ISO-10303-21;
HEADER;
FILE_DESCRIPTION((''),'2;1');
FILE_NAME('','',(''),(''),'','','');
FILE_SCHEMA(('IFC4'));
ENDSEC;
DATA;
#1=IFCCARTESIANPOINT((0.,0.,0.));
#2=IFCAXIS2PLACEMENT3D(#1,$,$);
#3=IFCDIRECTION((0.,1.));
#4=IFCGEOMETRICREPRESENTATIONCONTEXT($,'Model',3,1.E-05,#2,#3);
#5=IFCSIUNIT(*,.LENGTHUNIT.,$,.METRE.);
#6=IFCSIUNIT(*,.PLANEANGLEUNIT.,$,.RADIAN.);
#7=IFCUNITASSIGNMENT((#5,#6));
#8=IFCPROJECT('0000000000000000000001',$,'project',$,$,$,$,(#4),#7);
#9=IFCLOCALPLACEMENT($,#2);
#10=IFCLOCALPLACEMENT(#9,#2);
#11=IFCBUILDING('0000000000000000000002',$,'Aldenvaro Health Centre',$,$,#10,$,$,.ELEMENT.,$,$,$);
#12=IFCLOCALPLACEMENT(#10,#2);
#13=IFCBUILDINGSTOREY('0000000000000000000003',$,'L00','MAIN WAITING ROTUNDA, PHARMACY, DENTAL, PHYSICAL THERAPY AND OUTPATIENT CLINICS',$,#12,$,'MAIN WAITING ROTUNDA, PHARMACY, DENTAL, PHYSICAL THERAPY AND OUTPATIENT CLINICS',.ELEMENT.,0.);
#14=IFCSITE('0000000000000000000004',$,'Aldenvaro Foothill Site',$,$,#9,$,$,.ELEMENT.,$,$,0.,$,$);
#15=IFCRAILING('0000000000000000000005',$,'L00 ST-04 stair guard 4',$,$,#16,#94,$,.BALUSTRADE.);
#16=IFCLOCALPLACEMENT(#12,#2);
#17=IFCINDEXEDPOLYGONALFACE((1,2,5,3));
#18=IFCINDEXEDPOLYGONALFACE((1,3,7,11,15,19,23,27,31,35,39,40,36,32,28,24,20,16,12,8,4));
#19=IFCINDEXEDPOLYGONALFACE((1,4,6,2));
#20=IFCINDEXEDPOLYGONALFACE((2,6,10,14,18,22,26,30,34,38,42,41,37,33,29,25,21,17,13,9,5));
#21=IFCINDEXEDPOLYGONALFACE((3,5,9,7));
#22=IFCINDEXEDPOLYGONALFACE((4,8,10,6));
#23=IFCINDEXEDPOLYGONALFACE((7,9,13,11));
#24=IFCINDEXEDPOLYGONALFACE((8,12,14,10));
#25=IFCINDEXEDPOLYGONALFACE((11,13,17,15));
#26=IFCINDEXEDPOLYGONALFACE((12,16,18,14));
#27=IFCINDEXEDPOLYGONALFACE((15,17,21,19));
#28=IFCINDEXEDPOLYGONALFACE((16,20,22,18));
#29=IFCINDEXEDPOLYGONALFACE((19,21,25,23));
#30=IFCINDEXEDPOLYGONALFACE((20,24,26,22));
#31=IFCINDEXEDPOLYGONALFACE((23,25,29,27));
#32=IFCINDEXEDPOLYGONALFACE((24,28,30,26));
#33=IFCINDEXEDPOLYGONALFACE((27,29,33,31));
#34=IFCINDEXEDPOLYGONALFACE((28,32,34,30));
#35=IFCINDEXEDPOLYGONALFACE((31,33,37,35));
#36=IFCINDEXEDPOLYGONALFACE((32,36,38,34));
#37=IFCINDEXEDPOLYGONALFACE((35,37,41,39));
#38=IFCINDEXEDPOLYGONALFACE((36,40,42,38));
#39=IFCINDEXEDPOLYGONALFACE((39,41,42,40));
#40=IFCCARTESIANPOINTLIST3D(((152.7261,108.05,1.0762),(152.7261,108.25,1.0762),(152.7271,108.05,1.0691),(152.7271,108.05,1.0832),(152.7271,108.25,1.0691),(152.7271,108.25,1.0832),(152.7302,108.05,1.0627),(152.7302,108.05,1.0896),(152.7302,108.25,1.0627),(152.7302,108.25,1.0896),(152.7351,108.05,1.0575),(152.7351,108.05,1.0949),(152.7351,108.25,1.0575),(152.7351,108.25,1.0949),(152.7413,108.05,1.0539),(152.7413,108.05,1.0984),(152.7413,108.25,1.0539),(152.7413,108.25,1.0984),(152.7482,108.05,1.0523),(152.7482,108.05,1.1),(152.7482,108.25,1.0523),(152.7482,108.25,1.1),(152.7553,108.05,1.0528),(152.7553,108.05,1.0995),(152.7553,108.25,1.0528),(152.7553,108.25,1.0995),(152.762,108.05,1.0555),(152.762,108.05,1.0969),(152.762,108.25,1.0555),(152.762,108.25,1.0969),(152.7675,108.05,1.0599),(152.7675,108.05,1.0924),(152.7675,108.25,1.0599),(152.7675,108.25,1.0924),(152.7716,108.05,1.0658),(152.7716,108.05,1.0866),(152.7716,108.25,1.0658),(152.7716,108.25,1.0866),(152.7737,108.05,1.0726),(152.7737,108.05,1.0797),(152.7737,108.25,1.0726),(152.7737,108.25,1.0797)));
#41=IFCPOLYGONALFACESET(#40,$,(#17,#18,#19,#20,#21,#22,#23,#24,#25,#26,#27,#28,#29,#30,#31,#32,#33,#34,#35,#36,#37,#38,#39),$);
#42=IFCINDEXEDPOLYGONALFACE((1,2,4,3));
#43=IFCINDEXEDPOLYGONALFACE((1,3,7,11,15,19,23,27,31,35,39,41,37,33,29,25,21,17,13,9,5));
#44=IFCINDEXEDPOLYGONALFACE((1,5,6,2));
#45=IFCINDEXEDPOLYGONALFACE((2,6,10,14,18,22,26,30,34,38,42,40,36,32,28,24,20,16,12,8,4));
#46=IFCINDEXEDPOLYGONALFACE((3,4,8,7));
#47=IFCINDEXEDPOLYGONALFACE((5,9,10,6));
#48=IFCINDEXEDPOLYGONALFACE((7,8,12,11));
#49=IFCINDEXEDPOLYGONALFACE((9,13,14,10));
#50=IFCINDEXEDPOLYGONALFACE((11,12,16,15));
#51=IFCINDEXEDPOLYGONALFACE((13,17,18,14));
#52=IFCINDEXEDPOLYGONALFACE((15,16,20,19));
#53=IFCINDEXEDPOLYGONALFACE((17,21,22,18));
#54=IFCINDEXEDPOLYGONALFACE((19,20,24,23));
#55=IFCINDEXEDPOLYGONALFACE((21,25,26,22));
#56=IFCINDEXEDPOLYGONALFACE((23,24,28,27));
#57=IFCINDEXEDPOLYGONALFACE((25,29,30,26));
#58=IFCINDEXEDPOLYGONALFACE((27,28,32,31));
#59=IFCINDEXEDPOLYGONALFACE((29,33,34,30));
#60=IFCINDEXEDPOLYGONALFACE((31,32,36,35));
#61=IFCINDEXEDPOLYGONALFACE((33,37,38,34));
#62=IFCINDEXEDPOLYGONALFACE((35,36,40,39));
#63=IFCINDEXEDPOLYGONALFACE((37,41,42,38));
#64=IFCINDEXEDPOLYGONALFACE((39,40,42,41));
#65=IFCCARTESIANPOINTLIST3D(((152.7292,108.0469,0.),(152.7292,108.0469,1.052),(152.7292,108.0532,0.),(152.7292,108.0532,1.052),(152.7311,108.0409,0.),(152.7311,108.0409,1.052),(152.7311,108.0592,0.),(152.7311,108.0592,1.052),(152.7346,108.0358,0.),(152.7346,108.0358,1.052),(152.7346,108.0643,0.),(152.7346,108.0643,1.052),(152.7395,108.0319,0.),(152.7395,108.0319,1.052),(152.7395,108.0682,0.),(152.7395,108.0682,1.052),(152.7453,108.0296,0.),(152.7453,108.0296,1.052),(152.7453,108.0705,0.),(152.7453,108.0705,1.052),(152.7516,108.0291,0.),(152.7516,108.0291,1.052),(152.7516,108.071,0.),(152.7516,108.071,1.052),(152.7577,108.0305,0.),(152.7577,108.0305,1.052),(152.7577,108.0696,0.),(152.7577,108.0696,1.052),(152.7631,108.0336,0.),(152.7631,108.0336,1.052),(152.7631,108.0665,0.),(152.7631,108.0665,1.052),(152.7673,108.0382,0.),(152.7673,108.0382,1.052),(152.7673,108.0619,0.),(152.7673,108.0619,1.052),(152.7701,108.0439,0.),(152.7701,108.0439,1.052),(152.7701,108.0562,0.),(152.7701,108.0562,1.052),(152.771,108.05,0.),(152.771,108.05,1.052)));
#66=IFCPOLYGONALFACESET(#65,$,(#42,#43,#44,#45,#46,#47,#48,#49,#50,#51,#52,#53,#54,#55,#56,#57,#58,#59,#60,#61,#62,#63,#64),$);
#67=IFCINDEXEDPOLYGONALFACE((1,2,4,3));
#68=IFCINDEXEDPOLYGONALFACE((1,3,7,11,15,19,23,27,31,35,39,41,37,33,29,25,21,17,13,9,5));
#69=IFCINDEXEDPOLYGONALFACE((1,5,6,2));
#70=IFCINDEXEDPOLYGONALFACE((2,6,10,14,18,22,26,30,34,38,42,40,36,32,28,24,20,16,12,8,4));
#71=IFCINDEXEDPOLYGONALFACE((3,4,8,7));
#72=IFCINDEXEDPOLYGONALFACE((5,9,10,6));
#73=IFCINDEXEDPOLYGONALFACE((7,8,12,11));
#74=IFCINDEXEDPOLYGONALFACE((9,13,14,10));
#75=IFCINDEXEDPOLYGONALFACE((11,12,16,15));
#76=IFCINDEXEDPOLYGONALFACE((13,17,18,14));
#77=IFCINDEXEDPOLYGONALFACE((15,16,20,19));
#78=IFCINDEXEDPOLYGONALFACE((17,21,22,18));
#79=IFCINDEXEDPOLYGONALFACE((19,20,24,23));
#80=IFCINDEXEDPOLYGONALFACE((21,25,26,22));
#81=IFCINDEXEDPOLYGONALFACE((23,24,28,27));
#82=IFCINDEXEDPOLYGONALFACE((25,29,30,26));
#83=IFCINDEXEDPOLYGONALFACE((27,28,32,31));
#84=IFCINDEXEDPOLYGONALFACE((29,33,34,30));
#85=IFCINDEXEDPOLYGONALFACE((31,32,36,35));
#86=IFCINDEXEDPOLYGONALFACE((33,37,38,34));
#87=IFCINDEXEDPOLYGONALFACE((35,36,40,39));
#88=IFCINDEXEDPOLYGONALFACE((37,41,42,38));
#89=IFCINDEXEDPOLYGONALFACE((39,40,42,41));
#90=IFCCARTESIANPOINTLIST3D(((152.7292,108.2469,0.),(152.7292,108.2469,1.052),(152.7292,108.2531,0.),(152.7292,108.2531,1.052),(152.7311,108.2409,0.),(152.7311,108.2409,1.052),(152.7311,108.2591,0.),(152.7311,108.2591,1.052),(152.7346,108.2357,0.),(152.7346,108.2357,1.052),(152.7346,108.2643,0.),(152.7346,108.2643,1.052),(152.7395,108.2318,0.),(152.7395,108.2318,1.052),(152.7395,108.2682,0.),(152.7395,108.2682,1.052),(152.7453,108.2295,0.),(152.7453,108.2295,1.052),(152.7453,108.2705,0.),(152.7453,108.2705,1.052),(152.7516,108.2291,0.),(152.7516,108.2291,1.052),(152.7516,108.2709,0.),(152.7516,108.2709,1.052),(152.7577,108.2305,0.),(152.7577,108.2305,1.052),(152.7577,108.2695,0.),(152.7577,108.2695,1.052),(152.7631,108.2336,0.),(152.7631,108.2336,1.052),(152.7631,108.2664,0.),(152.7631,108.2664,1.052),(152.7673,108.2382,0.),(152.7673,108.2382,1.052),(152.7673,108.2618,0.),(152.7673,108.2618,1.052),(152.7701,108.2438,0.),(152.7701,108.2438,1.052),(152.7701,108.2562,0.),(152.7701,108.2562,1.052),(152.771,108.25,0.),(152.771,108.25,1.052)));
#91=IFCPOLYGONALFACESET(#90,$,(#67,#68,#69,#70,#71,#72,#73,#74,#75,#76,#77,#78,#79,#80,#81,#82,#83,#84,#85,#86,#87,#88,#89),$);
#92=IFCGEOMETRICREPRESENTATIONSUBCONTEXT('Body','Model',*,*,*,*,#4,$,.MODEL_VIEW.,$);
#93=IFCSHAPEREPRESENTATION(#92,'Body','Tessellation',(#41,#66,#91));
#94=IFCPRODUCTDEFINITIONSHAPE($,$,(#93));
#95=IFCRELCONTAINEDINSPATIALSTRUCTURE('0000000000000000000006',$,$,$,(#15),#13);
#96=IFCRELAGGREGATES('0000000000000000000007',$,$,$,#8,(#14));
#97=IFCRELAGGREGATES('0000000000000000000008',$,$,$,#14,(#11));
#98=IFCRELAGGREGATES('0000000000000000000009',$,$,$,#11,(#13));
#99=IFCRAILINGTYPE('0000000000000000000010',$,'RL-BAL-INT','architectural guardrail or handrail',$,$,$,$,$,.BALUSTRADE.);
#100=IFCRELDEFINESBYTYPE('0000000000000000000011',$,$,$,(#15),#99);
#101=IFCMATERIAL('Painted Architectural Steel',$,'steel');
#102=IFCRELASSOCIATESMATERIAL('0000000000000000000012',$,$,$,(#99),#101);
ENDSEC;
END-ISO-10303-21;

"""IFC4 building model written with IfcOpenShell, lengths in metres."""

from ifc_helpers import new_model, si_unit, direction, frame, origin, origin_2d, place, context, subcontext, project, spatial, circle, extrude, material, type_object, element, save


model = new_model("IFC4")

# Units and contexts
model_context = context("Model", 3, precision=1e-05, world=origin(), true_north=direction((0.0, 1.0)))
body_context = subcontext(model_context, "Body", "Model", "MODEL_VIEW")
ifc_project = project(units=[si_unit("LENGTHUNIT", "METRE"), si_unit("PLANEANGLEUNIT", "RADIAN")], contexts=[model_context])

# Site, building, storey
site_placement = place(None, origin())
site = spatial("IfcSite", under=ifc_project, at=site_placement, Name="Aldenvaro Foothill Site", CompositionType="ELEMENT", RefElevation=0.0)
building_placement = place(site_placement, origin())
building = spatial("IfcBuilding", under=site, at=building_placement, Name="Aldenvaro Health Centre", CompositionType="ELEMENT")
storey_placement = place(building_placement, origin())
storey = spatial("IfcBuildingStorey", under=building, at=storey_placement, Name="L00", Description="MAIN WAITING ROTUNDA, PHARMACY, DENTAL, PHYSICAL THERAPY AND OUTPATIENT CLINICS", LongName="MAIN WAITING ROTUNDA, PHARMACY, DENTAL, PHYSICAL THERAPY AND OUTPATIENT CLINICS", CompositionType="ELEMENT", Elevation=0.0)

# Railing
ifc_material_1 = material(Name="Painted Architectural Steel", Category="steel")
railing_type_1 = type_object("IfcRailingType", Name="RL-BAL-INT", Description="architectural guardrail or handrail", PredefinedType="BALUSTRADE", material=ifc_material_1)
railing_1_placement = place(storey_placement, frame((152.75, 108.05, 0.0)))
element("IfcRailing", 1, at=railing_1_placement, inside=storey, type_object=railing_type_1, Name="L00 ST-04 stair guard 4", PredefinedType="BALUSTRADE", context=body_context, shape_type="SweptSolid", body=[
    extrude(circle(Radius=0.0239, at=origin_2d()), frame((0.0, 0.0, 1.0762), z_axis=(0.0, 1.0, 0.0), x_axis=(-1.0, 0.0, 0.0)), (0.0, 0.0, 1.0), 0.2),
    extrude(circle(Radius=0.021, at=origin_2d()), origin(), (0.0, 0.0, 1.0), 1.052),
    extrude(circle(Radius=0.021, at=origin_2d()), frame((0.0, 0.2, 0.0)), (0.0, 0.0, 1.0), 1.052),
])

save(model, "model.ifc")
